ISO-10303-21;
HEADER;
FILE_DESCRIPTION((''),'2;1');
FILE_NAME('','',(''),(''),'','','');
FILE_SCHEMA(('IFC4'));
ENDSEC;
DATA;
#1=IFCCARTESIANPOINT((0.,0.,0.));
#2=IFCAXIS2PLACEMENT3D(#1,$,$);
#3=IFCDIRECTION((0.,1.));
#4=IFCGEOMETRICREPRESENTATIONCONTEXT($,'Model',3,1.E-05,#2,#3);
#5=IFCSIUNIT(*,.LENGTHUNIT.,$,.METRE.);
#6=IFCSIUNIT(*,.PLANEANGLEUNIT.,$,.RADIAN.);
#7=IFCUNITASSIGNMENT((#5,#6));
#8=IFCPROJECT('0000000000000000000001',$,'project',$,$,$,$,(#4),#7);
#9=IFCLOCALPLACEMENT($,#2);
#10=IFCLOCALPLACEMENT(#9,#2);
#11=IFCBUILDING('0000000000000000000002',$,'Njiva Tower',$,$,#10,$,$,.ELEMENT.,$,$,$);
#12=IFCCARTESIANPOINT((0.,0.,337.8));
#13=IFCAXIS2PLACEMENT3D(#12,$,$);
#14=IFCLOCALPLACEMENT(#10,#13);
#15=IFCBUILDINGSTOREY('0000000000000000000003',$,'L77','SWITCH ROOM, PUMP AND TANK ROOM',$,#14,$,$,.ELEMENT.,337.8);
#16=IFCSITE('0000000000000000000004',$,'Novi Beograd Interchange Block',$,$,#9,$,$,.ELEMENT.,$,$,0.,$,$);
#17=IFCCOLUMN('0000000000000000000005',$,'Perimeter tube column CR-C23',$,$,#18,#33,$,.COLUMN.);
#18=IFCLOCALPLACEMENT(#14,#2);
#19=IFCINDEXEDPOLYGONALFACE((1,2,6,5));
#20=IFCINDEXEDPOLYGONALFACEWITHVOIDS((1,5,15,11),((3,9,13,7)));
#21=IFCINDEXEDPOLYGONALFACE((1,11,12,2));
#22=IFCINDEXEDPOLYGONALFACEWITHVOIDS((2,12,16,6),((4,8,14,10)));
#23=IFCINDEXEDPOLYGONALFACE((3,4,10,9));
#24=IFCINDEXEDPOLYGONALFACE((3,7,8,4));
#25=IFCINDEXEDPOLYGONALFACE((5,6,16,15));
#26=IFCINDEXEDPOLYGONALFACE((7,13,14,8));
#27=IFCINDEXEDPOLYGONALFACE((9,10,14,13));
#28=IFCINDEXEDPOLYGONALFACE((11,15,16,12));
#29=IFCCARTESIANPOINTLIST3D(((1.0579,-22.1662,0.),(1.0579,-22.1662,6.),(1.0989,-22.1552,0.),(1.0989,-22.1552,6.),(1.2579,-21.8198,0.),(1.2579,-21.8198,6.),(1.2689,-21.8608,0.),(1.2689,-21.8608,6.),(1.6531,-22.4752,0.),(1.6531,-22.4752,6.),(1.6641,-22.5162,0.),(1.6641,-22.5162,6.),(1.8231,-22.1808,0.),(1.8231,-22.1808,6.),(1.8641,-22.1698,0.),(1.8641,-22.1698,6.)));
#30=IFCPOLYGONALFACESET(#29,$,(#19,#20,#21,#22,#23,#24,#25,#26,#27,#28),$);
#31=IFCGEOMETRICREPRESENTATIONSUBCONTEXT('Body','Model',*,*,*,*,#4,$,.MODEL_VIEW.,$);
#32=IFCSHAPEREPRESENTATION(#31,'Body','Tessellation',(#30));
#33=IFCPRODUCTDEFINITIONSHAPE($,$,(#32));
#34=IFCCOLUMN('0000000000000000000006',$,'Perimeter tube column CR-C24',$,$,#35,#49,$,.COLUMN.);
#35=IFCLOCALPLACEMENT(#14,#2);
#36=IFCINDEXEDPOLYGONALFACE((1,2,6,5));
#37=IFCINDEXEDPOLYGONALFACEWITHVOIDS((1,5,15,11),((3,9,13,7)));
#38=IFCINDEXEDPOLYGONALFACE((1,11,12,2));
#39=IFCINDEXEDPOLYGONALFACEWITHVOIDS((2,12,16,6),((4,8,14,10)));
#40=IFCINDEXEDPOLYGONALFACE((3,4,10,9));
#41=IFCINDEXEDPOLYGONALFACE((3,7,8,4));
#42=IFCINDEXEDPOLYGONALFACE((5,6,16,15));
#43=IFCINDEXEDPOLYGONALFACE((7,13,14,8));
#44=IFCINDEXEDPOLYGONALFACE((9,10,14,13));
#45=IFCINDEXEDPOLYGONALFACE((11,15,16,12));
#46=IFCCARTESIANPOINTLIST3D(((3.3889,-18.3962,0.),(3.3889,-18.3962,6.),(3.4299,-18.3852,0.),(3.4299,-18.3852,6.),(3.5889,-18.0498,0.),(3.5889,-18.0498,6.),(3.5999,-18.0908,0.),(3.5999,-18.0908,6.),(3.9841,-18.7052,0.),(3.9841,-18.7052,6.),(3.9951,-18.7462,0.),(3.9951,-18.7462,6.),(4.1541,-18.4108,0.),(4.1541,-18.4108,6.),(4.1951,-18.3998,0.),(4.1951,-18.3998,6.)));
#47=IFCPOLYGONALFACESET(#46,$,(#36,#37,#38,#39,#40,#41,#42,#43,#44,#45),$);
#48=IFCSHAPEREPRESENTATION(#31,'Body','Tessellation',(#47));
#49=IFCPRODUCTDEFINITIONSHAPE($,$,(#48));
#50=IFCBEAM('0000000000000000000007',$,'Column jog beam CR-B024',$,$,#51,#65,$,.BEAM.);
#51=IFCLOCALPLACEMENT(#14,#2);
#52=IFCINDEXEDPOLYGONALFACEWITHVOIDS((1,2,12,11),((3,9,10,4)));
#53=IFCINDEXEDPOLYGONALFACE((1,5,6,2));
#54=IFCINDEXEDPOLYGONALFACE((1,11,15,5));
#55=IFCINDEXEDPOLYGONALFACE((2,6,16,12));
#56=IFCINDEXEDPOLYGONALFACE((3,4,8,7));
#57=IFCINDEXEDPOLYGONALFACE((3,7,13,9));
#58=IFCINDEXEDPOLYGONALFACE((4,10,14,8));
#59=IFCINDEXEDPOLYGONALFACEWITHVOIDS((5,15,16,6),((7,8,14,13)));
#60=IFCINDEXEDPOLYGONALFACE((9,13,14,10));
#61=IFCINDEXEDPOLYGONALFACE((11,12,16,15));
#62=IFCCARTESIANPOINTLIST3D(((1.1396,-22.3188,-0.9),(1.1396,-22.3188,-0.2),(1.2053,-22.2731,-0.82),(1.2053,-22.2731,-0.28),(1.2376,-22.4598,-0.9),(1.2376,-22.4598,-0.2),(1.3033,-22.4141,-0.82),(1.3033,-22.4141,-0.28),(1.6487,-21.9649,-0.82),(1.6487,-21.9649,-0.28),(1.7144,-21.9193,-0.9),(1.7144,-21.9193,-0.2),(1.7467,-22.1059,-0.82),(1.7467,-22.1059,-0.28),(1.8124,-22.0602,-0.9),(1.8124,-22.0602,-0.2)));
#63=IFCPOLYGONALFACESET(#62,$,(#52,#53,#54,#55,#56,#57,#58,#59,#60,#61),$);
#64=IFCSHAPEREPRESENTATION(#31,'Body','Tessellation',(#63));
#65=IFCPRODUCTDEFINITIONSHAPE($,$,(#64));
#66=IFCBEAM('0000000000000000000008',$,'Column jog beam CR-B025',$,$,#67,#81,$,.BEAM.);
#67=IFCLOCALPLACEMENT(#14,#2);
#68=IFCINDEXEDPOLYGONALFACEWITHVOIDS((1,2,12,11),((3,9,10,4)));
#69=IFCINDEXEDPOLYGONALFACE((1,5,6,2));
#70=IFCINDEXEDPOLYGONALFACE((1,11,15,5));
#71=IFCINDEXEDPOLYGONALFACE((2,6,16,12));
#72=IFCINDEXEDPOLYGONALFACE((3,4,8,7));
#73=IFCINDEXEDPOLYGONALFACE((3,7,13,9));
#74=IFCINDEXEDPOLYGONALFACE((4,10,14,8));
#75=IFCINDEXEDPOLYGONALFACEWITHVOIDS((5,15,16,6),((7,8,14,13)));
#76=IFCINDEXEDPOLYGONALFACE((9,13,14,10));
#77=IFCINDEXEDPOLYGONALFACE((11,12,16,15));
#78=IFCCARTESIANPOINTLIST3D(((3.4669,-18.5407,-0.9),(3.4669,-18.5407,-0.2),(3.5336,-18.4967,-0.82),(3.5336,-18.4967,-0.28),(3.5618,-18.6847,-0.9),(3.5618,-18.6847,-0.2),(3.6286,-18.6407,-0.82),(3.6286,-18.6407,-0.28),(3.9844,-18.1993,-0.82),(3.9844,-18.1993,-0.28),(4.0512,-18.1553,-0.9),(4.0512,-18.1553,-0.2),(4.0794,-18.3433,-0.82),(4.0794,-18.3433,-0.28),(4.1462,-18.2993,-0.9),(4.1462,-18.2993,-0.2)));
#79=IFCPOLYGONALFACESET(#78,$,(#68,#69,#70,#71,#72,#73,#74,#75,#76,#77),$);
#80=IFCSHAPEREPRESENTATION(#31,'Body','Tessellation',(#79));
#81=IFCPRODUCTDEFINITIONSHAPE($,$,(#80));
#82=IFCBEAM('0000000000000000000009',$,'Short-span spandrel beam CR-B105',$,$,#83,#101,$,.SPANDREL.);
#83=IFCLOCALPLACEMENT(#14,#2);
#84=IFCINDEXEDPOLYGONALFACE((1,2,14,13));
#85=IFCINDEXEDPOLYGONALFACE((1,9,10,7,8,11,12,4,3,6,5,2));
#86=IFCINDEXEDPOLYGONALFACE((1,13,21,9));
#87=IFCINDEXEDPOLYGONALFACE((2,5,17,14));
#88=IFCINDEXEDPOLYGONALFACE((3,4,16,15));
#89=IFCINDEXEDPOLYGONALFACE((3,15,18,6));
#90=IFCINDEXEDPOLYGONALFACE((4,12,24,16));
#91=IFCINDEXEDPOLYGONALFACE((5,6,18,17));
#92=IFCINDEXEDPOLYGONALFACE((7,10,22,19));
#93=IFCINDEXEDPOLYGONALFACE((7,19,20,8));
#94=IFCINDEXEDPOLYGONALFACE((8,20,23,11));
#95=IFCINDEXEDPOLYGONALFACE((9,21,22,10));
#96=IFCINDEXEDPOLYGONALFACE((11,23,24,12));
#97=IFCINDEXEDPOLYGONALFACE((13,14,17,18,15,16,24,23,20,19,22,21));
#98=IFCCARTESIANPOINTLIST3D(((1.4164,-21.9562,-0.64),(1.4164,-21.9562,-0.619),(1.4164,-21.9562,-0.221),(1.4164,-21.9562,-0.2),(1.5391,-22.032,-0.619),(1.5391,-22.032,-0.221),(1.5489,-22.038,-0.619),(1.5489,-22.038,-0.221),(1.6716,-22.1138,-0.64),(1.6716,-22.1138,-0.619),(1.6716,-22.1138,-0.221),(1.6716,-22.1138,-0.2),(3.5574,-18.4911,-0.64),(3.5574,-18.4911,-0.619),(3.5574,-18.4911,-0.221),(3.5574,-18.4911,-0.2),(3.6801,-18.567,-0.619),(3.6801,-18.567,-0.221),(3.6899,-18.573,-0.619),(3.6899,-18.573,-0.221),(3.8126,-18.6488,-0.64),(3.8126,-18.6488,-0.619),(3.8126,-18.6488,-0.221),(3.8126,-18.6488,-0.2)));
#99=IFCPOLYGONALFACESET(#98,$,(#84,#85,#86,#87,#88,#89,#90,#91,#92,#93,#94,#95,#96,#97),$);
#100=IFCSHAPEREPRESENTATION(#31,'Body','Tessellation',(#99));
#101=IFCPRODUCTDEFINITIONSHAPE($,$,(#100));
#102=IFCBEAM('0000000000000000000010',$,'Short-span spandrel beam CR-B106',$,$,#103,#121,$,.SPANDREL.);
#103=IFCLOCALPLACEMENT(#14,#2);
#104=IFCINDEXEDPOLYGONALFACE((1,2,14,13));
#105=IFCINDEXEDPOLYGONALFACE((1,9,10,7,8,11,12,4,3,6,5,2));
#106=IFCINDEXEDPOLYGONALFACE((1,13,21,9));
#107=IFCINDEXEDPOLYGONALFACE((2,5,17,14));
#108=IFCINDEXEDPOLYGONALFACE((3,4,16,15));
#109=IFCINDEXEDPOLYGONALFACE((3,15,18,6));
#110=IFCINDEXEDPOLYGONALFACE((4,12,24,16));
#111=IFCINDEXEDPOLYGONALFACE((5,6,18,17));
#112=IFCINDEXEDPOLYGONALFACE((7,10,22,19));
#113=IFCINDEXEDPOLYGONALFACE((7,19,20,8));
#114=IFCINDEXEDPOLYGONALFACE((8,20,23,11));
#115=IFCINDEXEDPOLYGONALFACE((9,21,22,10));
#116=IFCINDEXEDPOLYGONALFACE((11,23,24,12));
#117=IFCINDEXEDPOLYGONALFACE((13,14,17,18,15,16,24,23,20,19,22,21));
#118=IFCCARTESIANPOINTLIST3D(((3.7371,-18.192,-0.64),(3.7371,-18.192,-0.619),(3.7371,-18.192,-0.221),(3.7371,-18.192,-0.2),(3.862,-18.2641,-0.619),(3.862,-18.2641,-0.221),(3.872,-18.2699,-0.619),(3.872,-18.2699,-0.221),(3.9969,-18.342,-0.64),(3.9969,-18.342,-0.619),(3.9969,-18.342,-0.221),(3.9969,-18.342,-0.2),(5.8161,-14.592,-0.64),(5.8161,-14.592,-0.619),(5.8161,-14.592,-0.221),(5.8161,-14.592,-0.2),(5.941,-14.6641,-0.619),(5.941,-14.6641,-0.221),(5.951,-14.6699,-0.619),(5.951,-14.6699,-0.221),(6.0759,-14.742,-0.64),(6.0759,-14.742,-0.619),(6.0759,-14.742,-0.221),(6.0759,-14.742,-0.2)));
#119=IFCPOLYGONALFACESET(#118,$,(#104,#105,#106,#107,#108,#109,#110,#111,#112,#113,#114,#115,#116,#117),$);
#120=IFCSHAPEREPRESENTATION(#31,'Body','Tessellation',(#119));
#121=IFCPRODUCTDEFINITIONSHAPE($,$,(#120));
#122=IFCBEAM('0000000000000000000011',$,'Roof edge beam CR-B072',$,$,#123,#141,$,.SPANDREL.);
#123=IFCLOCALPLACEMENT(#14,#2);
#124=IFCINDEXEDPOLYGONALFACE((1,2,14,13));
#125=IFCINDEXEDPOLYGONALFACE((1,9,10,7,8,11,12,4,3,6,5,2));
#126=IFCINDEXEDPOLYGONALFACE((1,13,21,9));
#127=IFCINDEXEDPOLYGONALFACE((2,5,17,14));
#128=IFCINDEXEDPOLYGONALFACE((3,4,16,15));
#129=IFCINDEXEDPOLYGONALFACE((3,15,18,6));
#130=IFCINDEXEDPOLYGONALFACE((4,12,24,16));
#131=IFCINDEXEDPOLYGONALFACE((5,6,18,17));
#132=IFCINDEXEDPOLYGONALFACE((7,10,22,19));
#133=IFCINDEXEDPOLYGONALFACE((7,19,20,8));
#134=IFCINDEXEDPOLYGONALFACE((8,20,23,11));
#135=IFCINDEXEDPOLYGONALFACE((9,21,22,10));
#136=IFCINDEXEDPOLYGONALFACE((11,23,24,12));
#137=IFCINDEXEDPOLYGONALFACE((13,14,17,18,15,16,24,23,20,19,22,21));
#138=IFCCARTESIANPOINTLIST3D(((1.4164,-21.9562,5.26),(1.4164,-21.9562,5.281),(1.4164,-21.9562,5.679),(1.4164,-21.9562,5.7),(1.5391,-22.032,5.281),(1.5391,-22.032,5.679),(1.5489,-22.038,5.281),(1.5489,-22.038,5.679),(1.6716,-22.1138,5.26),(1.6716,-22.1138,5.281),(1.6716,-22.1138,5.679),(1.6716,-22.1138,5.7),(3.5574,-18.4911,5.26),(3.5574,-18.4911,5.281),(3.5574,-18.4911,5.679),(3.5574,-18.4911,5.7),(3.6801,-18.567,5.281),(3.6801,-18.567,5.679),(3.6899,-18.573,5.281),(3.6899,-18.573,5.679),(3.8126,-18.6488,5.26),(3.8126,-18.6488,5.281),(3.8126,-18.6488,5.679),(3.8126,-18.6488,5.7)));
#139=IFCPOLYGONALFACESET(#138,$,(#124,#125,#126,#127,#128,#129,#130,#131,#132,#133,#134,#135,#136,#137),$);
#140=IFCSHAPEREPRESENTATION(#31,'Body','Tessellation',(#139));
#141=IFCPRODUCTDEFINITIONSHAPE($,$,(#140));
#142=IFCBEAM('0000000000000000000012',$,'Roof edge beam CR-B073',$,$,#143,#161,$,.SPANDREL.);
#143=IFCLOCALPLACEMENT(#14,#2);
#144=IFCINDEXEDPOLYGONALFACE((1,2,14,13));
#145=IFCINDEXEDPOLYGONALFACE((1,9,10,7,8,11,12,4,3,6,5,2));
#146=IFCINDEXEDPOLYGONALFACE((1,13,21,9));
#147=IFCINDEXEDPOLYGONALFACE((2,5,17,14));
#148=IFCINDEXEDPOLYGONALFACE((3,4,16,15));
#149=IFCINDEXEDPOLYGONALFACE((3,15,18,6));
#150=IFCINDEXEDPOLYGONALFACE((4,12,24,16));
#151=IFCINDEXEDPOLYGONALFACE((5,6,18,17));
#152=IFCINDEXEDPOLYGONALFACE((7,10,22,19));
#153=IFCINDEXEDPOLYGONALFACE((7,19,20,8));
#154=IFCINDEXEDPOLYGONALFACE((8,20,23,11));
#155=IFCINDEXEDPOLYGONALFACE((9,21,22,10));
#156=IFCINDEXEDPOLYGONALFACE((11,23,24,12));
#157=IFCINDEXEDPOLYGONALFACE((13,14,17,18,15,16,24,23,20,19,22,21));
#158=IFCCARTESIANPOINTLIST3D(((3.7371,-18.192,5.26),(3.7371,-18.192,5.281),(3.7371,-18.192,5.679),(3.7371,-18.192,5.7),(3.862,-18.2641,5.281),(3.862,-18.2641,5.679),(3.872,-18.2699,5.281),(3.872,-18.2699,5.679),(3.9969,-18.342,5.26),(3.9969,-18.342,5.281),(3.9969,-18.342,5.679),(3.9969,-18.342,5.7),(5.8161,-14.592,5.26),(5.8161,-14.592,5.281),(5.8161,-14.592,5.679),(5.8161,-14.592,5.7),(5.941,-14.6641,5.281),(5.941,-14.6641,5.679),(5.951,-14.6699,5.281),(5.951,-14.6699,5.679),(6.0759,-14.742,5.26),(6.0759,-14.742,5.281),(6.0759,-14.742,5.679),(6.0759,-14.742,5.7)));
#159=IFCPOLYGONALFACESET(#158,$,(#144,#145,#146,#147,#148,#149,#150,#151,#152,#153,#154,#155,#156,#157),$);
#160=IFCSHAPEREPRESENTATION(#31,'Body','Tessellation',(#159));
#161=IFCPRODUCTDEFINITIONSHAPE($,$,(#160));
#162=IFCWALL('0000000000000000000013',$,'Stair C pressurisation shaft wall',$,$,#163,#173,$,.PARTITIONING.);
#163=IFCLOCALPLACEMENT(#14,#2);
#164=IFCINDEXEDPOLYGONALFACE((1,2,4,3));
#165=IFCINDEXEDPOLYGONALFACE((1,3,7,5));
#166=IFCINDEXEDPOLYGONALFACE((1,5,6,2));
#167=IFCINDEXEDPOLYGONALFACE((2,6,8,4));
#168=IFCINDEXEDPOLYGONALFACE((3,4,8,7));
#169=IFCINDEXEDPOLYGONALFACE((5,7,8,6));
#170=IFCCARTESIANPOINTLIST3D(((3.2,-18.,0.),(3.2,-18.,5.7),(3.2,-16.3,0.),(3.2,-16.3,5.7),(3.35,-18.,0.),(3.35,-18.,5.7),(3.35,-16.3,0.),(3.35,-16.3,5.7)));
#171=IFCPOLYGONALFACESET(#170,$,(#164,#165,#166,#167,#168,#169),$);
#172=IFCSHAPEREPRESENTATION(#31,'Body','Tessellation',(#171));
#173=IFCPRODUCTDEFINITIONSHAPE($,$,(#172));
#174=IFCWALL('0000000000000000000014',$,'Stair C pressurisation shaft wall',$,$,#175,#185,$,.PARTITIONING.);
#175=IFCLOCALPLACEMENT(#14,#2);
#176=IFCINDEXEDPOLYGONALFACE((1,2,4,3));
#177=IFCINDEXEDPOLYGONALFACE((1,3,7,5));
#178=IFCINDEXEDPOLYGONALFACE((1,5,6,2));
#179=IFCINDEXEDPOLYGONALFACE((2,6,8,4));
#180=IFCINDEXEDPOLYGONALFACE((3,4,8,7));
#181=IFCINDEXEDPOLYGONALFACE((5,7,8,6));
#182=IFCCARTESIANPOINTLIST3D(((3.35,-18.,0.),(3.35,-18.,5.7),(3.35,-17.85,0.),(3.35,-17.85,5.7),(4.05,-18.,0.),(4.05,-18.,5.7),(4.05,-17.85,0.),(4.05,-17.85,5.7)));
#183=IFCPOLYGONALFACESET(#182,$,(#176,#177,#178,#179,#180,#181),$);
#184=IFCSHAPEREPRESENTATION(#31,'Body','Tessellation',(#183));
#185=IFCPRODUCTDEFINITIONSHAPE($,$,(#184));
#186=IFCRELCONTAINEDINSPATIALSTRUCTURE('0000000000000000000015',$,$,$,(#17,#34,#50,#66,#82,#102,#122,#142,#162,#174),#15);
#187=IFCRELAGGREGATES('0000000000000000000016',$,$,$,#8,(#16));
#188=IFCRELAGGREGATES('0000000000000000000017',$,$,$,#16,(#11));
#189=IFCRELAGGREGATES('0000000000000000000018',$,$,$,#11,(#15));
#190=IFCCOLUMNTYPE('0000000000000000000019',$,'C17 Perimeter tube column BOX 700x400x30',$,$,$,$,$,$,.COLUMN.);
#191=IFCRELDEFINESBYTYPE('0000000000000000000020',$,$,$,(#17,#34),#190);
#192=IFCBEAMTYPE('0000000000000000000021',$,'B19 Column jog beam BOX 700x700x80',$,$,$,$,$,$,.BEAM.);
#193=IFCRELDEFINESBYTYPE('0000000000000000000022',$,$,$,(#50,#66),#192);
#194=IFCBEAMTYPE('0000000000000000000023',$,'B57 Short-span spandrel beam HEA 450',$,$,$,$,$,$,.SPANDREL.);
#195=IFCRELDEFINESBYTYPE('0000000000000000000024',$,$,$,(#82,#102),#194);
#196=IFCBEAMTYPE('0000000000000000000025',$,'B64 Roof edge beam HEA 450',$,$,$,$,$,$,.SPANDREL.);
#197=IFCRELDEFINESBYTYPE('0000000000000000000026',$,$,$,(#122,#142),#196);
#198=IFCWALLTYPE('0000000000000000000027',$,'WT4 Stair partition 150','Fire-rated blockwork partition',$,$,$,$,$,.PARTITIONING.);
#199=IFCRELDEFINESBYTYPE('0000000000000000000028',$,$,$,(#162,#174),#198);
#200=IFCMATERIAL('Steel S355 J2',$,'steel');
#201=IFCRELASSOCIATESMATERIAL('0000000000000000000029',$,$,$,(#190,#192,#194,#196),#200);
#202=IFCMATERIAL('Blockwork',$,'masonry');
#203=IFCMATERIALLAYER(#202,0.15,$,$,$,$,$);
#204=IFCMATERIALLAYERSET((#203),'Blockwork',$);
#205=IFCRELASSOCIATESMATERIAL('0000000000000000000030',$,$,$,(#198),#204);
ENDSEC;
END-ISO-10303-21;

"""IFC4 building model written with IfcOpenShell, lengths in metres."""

from ifc_helpers import new_model, si_unit, direction, frame, frame_2d, origin, origin_2d, place, context, subcontext, project, spatial, rectangle, hollow_rectangle, i_section, extrude, material, layer, layer_set, material_profile, profile_set, type_object, element, save


model = new_model("IFC4")

# Units and contexts
model_context = context("Model", 3, precision=1e-05, world=origin(), true_north=direction((0.0, 1.0)))
body_context = subcontext(model_context, "Body", "Model", "MODEL_VIEW")
ifc_project = project(units=[si_unit("LENGTHUNIT", "METRE"), si_unit("PLANEANGLEUNIT", "RADIAN")], contexts=[model_context])

# Site, building, storey
site_placement = place(None, origin())
site = spatial("IfcSite", under=ifc_project, at=site_placement, Name="Novi Beograd Interchange Block", CompositionType="ELEMENT", RefElevation=0.0)
building_placement = place(site_placement, origin())
building = spatial("IfcBuilding", under=site, at=building_placement, Name="Njiva Tower", CompositionType="ELEMENT")
storey_placement = place(building_placement, frame((0.0, 0.0, 337.8)))
storey = spatial("IfcBuildingStorey", under=building, at=storey_placement, Name="L77", Description="SWITCH ROOM, PUMP AND TANK ROOM", CompositionType="ELEMENT", Elevation=337.8)

# Columns
ifc_material_1 = material(Name="Steel S355 J2", Category="steel")
ifc_material_profile_1 = material_profile(ifc_material_1, hollow_rectangle(XDim=0.4, YDim=0.7, WallThickness=0.03, at=origin_2d()), Name="BOX 700x400x30")
ifc_profile_set_1 = profile_set([ifc_material_profile_1], Name="Steel S355 J2")
column_type = type_object("IfcColumnType", Name="C17 Perimeter tube column BOX 700x400x30", PredefinedType="COLUMN", material=ifc_profile_set_1)
for number, where, z_axis, x_axis, name in (
    (1, (1.461, -22.168, 0.0), (0.0, 0.0, 1.0), (0.5, 0.866025, 0.0), "Perimeter tube column CR-C23"),
    (2, (3.792, -18.398, 0.0), (0.0, 0.0, 1.0), (0.5, 0.866025, 0.0), "Perimeter tube column CR-C24"),
):
    element("IfcColumn", number, at=place(storey_placement, frame(where, z_axis=z_axis, x_axis=x_axis)), inside=storey, type_object=column_type, Name=name, PredefinedType="COLUMN", context=body_context, shape_type="SweptSolid", body=[
        extrude(hollow_rectangle(XDim=0.4, YDim=0.7, WallThickness=0.03, at=origin_2d()), origin(), (0.0, 0.0, 1.0), 6.0),
    ])

# Beams
ifc_material_profile_2 = material_profile(ifc_material_1, hollow_rectangle(XDim=0.7, YDim=0.7, WallThickness=0.08, at=origin_2d()), Name="BOX 700x700x80")
ifc_profile_set_2 = profile_set([ifc_material_profile_2], Name="Steel S355 J2")
beam_type_1 = type_object("IfcBeamType", Name="B19 Column jog beam BOX 700x700x80", PredefinedType="BEAM", material=ifc_profile_set_2)
beam_1_placement = place(storey_placement, frame((1.525, -22.26, -0.55), z_axis=(-0.570723, 0.821143, 0.0), x_axis=(-0.821143, -0.570723, 0.0)))
element("IfcBeam", 3, at=beam_1_placement, inside=storey, type_object=beam_type_1, Name="Column jog beam CR-B024", PredefinedType="BEAM", context=body_context, shape_type="SweptSolid", body=[
    extrude(hollow_rectangle(XDim=0.7, YDim=0.7, WallThickness=0.08, at=origin_2d()), origin(), (0.0, 0.0, 1.0), 0.1717),
])
beam_2_placement = place(storey_placement, frame((3.854, -18.492, -0.55), z_axis=(-0.550681, 0.834716, 0.0), x_axis=(-0.834716, -0.550681, 0.0)))
element("IfcBeam", 4, at=beam_2_placement, inside=storey, type_object=beam_type_1, Name="Column jog beam CR-B025", PredefinedType="BEAM", context=body_context, shape_type="SweptSolid", body=[
    extrude(hollow_rectangle(XDim=0.7, YDim=0.7, WallThickness=0.08, at=origin_2d()), origin(), (0.0, 0.0, 1.0), 0.1725),
])
ifc_material_profile_3 = material_profile(ifc_material_1, i_section(OverallWidth=0.3, OverallDepth=0.44, WebThickness=0.0115, FlangeThickness=0.021, at=origin_2d()), Name="HEA 450")
ifc_profile_set_3 = profile_set([ifc_material_profile_3], Name="Steel S355 J2")
beam_type_2 = type_object("IfcBeamType", Name="B57 Short-span spandrel beam HEA 450", PredefinedType="SPANDREL", material=ifc_profile_set_3)
beam_3_placement = place(storey_placement, frame((1.544, -22.035, -0.42), z_axis=(0.525644, 0.850704, 0.0), x_axis=(-0.850704, 0.525644, 0.0)))
element("IfcBeam", 5, at=beam_3_placement, inside=storey, type_object=beam_type_2, Name="Short-span spandrel beam CR-B105", PredefinedType="SPANDREL", context=body_context, shape_type="SweptSolid", body=[
    extrude(i_section(OverallWidth=0.3, OverallDepth=0.44, WebThickness=0.0115, FlangeThickness=0.021, at=origin_2d()), origin(), (0.0, 0.0, 1.0), 4.0731),
])
beam_4_placement = place(storey_placement, frame((3.867, -18.267, -0.42), z_axis=(0.500097, 0.865969, 0.0), x_axis=(-0.865969, 0.500097, 0.0)))
element("IfcBeam", 6, at=beam_4_placement, inside=storey, type_object=beam_type_2, Name="Short-span spandrel beam CR-B106", PredefinedType="SPANDREL", context=body_context, shape_type="SweptSolid", body=[
    extrude(i_section(OverallWidth=0.3, OverallDepth=0.44, WebThickness=0.0115, FlangeThickness=0.021, at=origin_2d()), origin(), (0.0, 0.0, 1.0), 4.1572),
])
ifc_material_profile_4 = material_profile(ifc_material_1, i_section(OverallWidth=0.3, OverallDepth=0.44, WebThickness=0.0115, FlangeThickness=0.021, at=origin_2d()), Name="HEA 450")
ifc_profile_set_4 = profile_set([ifc_material_profile_4], Name="Steel S355 J2")
beam_type_3 = type_object("IfcBeamType", Name="B64 Roof edge beam HEA 450", PredefinedType="SPANDREL", material=ifc_profile_set_4)
beam_5_placement = place(storey_placement, frame((1.544, -22.035, 5.48), z_axis=(0.525644, 0.850704, 0.0), x_axis=(-0.850704, 0.525644, 0.0)))
element("IfcBeam", 7, at=beam_5_placement, inside=storey, type_object=beam_type_3, Name="Roof edge beam CR-B072", PredefinedType="SPANDREL", context=body_context, shape_type="SweptSolid", body=[
    extrude(i_section(OverallWidth=0.3, OverallDepth=0.44, WebThickness=0.0115, FlangeThickness=0.021, at=origin_2d()), origin(), (0.0, 0.0, 1.0), 4.0731),
])
beam_6_placement = place(storey_placement, frame((3.867, -18.267, 5.48), z_axis=(0.500097, 0.865969, 0.0), x_axis=(-0.865969, 0.500097, 0.0)))
element("IfcBeam", 8, at=beam_6_placement, inside=storey, type_object=beam_type_3, Name="Roof edge beam CR-B073", PredefinedType="SPANDREL", context=body_context, shape_type="SweptSolid", body=[
    extrude(i_section(OverallWidth=0.3, OverallDepth=0.44, WebThickness=0.0115, FlangeThickness=0.021, at=origin_2d()), origin(), (0.0, 0.0, 1.0), 4.1572),
])

# Walls
ifc_material_2 = material(Name="Blockwork", Category="masonry")
ifc_layer_1 = layer(ifc_material_2, 0.15)
ifc_layer_set_1 = layer_set([ifc_layer_1], Name="Blockwork")
wall_type_1 = type_object("IfcWallType", Name="WT4 Stair partition 150", Description="Fire-rated blockwork partition", PredefinedType="PARTITIONING", material=ifc_layer_set_1)
wall_1_placement = place(storey_placement, frame((3.275, -18.0, 0.0), z_axis=(0.0, 0.0, 1.0), x_axis=(0.0, 1.0, 0.0)))
element("IfcWall", 9, at=wall_1_placement, inside=storey, type_object=wall_type_1, Name="Stair C pressurisation shaft wall", PredefinedType="PARTITIONING", context=body_context, shape_type="SweptSolid", body=[
    extrude(rectangle(XDim=1.7, YDim=0.15, at=frame_2d((0.85, 0.0))), origin(), (0.0, 0.0, 1.0), 5.7),
])
wall_2_placement = place(storey_placement, frame((3.35, -17.925, 0.0), z_axis=(0.0, 0.0, 1.0), x_axis=(1.0, 0.0, 0.0)))
element("IfcWall", 10, at=wall_2_placement, inside=storey, type_object=wall_type_1, Name="Stair C pressurisation shaft wall", PredefinedType="PARTITIONING", context=body_context, shape_type="SweptSolid", body=[
    extrude(rectangle(XDim=0.7, YDim=0.15, at=frame_2d((0.35, 0.0))), origin(), (0.0, 0.0, 1.0), 5.7),
])

save(model, "model.ifc")
